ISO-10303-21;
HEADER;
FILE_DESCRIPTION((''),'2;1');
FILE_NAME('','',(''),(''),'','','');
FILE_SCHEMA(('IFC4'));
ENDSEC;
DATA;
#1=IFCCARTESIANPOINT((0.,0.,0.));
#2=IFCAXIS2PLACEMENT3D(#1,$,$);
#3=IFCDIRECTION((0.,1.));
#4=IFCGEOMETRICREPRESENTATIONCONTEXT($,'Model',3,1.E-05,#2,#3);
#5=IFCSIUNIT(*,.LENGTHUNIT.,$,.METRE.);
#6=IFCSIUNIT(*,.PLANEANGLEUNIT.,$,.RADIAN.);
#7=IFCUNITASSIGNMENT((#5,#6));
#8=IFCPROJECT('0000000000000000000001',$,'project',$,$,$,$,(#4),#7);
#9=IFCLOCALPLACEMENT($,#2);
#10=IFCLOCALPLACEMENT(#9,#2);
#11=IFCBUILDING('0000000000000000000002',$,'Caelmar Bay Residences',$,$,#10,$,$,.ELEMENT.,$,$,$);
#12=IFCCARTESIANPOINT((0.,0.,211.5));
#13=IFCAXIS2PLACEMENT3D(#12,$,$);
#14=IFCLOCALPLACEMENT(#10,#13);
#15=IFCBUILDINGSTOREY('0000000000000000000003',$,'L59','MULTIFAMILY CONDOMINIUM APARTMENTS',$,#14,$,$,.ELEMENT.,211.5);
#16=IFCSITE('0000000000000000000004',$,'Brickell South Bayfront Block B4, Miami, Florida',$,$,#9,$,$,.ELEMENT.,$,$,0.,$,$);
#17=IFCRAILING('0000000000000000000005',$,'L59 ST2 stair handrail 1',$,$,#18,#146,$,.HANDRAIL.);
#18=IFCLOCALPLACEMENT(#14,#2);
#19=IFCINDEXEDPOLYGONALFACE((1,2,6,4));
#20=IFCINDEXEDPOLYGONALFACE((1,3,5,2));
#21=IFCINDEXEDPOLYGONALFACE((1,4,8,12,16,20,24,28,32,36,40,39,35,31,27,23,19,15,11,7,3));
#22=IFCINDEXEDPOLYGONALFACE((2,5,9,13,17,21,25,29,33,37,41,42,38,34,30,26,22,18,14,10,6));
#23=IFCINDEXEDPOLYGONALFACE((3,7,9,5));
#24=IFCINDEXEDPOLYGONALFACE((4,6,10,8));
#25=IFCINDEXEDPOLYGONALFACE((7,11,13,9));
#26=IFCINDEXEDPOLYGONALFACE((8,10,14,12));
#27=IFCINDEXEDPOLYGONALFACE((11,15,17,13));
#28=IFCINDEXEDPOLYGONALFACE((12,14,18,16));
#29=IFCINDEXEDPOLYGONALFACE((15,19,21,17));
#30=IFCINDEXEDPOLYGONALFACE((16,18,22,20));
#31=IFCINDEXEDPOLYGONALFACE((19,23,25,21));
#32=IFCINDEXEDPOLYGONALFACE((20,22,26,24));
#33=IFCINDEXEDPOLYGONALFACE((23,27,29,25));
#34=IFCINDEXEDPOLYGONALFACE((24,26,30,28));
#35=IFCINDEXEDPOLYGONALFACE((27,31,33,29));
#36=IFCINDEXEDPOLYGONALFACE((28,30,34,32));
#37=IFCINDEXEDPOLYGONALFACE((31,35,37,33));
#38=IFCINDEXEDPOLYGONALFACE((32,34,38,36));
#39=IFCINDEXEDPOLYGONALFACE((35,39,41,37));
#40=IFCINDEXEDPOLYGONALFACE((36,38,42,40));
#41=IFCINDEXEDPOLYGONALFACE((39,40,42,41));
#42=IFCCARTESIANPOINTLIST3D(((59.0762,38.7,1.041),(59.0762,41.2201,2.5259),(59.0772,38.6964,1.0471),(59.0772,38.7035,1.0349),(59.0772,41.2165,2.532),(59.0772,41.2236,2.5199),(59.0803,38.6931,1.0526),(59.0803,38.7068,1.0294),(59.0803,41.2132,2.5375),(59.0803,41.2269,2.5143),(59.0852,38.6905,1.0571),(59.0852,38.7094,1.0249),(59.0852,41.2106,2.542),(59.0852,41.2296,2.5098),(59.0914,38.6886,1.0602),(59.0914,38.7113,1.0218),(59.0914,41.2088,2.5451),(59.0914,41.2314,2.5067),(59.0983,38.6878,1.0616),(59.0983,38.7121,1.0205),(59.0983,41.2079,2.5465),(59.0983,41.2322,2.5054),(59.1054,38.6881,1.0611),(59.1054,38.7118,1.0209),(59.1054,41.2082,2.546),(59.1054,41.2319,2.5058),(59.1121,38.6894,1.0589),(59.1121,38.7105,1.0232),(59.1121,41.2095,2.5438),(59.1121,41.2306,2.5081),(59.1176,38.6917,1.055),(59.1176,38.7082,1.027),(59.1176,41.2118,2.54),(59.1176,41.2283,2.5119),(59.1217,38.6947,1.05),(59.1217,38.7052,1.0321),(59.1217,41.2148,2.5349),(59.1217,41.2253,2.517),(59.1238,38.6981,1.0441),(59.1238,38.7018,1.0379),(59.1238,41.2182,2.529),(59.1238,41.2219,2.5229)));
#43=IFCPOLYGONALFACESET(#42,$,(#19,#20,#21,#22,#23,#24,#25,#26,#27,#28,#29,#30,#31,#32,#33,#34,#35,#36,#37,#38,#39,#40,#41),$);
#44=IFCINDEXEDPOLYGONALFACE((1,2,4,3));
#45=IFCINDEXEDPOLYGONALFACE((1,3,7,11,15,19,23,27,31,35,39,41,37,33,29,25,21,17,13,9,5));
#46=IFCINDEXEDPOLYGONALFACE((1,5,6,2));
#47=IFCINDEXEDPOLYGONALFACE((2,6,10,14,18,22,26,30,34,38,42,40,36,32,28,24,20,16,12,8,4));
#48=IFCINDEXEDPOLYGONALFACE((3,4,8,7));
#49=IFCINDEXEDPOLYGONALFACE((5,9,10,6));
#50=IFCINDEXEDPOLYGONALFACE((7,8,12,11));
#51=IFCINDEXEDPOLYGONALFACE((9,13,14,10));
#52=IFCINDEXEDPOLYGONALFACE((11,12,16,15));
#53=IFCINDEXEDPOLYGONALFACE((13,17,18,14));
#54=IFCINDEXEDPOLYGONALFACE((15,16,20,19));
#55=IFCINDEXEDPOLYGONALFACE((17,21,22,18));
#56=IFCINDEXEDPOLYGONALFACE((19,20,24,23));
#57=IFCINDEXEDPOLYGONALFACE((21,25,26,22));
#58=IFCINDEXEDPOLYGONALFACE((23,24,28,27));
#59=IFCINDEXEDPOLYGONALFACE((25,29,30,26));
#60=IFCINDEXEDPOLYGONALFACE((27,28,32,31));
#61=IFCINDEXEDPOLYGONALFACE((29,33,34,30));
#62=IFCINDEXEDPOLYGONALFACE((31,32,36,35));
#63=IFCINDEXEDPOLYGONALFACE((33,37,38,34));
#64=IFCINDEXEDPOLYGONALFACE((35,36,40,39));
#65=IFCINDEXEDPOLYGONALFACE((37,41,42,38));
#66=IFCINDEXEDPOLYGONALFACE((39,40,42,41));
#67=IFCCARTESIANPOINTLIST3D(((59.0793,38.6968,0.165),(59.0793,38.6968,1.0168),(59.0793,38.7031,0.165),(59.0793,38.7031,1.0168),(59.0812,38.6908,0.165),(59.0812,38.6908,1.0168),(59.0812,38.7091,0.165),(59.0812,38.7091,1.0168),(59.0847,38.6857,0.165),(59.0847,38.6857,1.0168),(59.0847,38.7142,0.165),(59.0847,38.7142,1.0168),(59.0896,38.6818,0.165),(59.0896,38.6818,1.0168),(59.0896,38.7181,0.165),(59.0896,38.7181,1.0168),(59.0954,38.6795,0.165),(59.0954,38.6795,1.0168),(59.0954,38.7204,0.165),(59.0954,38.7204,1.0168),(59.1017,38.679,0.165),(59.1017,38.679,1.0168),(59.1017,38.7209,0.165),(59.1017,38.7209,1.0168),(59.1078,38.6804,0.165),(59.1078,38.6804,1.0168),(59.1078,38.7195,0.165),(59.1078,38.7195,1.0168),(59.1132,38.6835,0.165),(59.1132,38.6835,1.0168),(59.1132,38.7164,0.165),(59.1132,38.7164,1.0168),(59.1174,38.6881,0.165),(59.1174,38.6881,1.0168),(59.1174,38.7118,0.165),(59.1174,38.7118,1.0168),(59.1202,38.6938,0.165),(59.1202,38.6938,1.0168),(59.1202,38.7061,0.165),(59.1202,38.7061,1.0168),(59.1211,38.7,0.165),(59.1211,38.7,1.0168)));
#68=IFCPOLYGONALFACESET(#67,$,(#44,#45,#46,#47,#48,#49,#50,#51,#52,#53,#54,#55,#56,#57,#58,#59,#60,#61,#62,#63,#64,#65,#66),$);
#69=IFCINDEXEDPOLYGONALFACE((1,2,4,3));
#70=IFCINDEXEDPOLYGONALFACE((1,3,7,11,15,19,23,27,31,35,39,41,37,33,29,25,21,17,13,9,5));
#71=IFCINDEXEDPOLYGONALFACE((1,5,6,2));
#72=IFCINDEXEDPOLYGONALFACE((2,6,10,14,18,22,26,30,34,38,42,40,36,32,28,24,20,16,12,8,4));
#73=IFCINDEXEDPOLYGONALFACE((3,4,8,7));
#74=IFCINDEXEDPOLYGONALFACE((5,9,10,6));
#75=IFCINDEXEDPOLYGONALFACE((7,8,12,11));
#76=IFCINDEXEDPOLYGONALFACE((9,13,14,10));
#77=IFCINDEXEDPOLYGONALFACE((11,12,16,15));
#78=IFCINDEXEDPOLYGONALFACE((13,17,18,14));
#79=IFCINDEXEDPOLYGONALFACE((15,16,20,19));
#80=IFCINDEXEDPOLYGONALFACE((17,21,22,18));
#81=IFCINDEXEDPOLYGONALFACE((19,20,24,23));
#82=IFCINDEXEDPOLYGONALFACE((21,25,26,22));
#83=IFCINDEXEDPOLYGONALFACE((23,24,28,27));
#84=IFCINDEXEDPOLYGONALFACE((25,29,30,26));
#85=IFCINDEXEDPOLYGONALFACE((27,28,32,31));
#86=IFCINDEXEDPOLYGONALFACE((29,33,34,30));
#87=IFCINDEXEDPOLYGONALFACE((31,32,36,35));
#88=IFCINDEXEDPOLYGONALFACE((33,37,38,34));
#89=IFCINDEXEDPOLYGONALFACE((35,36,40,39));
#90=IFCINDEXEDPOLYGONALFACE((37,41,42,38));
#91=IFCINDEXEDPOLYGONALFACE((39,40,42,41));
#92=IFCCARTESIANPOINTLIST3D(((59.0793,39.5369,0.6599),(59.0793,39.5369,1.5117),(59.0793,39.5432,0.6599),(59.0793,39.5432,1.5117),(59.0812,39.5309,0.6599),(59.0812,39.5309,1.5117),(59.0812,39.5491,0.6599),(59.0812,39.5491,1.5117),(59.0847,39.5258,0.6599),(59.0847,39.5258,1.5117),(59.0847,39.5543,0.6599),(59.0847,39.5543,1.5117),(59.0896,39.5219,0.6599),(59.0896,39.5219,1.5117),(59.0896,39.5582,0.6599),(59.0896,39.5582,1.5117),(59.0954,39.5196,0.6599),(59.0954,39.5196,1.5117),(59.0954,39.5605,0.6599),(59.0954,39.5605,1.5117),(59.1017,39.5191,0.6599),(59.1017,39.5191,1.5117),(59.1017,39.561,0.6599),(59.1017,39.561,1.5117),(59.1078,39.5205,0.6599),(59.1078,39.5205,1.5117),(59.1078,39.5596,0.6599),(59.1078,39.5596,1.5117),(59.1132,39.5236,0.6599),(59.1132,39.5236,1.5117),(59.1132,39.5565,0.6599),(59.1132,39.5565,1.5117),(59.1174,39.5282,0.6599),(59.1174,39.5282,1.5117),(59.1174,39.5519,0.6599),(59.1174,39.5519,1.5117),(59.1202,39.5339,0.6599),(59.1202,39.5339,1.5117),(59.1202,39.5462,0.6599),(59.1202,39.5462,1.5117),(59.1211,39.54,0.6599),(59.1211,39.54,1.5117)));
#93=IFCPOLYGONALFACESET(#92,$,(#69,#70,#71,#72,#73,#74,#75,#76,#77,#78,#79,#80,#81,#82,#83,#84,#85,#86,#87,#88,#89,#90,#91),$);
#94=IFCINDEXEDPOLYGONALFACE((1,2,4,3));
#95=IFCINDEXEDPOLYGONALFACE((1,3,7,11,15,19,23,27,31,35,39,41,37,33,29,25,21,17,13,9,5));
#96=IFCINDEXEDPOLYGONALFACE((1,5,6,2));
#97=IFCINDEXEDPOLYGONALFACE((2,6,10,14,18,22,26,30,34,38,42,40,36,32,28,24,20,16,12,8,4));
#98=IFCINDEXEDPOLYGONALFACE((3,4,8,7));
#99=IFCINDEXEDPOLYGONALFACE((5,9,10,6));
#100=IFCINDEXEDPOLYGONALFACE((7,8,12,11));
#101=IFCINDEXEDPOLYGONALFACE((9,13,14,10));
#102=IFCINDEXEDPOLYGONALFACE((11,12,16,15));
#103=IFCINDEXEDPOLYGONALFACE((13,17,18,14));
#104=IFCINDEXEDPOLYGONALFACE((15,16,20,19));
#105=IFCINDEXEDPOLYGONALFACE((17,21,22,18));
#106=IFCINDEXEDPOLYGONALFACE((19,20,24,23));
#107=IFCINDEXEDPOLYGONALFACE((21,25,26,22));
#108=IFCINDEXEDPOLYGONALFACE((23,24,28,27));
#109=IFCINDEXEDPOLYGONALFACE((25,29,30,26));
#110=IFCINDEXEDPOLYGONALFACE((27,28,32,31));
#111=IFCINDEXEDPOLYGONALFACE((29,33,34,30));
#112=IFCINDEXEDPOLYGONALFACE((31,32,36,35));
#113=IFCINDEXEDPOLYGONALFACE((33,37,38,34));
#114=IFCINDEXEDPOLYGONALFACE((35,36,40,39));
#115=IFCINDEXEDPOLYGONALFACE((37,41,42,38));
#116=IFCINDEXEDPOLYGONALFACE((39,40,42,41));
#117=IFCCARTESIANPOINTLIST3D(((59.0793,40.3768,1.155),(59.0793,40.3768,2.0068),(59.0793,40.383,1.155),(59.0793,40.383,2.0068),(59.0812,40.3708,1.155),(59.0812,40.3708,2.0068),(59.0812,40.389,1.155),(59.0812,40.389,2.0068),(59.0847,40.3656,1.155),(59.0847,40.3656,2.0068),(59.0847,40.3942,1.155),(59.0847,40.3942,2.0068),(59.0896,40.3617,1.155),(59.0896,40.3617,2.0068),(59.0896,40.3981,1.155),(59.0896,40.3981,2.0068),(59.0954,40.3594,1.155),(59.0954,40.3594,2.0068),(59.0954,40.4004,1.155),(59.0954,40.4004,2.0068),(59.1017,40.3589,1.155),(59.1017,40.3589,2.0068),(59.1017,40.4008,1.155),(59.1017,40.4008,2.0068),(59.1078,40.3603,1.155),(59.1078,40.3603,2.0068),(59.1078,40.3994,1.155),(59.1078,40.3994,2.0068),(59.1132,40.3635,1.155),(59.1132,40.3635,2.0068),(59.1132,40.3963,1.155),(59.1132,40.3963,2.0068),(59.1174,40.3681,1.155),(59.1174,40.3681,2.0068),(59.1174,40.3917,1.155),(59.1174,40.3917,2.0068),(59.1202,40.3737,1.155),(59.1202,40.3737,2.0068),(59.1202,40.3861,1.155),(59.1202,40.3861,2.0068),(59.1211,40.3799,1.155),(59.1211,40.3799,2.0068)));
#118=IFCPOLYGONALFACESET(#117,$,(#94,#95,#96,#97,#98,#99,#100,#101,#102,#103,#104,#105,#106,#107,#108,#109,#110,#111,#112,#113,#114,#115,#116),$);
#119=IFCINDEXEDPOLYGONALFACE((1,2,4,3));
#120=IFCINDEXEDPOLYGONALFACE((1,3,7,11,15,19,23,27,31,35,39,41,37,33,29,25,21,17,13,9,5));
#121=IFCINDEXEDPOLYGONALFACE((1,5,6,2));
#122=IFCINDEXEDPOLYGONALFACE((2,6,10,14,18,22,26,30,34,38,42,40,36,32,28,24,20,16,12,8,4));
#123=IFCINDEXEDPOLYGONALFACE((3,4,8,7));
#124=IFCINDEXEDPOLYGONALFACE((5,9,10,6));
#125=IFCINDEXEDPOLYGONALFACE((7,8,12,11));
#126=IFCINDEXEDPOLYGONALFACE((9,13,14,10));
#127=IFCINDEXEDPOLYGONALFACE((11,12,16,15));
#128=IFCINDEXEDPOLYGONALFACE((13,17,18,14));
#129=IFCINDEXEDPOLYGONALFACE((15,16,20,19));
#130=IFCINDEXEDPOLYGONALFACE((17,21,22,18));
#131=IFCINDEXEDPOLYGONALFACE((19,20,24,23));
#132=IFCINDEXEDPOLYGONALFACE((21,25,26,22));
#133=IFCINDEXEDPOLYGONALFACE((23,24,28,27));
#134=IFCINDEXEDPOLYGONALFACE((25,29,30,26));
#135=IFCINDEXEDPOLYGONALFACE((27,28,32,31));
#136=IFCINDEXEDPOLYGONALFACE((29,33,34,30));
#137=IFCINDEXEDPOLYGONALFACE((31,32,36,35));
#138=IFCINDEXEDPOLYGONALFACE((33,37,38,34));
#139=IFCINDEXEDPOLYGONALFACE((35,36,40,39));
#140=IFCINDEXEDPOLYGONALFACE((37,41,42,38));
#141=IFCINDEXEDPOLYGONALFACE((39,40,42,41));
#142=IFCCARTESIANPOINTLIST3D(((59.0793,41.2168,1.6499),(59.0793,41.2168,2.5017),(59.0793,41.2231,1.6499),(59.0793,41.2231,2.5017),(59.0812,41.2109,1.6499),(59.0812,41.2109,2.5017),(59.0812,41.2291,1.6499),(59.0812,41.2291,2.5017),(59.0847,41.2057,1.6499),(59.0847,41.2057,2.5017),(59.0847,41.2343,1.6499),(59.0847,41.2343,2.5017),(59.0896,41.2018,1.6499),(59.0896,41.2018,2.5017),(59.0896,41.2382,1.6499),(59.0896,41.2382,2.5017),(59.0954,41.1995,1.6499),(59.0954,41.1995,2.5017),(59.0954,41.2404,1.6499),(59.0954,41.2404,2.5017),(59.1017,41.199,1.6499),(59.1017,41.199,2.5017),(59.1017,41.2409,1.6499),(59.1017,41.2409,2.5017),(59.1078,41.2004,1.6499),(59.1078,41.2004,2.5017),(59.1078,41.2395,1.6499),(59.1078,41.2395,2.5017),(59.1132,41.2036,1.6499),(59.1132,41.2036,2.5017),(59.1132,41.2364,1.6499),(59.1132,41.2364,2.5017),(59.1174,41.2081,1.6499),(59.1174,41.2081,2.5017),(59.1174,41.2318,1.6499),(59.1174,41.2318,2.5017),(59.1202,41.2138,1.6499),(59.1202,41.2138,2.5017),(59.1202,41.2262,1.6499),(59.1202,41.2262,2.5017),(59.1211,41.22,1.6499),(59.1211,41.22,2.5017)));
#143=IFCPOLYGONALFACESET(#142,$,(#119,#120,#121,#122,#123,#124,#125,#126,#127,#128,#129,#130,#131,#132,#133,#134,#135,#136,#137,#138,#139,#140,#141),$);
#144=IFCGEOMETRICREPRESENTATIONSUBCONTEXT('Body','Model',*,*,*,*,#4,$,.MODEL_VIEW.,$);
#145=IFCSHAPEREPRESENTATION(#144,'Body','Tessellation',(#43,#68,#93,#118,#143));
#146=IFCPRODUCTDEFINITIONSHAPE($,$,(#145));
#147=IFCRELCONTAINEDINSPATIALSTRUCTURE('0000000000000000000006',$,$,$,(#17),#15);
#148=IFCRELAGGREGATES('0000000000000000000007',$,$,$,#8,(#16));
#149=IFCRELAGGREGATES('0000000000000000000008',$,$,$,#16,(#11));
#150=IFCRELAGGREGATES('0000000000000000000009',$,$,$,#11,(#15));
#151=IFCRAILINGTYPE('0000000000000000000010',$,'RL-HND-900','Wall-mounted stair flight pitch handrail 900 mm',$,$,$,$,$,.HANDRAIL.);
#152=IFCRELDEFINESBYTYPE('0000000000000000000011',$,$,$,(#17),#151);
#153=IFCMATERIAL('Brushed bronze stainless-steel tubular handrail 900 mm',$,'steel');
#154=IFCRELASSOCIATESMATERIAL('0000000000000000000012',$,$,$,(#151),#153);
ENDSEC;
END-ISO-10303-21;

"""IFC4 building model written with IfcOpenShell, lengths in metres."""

from ifc_helpers import new_model, si_unit, direction, frame, origin, origin_2d, place, context, subcontext, project, spatial, circle, extrude, material, type_object, element, save


model = new_model("IFC4")

# Units and contexts
model_context = context("Model", 3, precision=1e-05, world=origin(), true_north=direction((0.0, 1.0)))
body_context = subcontext(model_context, "Body", "Model", "MODEL_VIEW")
ifc_project = project(units=[si_unit("LENGTHUNIT", "METRE"), si_unit("PLANEANGLEUNIT", "RADIAN")], contexts=[model_context])

# Site, building, storey
site_placement = place(None, origin())
site = spatial("IfcSite", under=ifc_project, at=site_placement, Name="Brickell South Bayfront Block B4, Miami, Florida", CompositionType="ELEMENT", RefElevation=0.0)
building_placement = place(site_placement, origin())
building = spatial("IfcBuilding", under=site, at=building_placement, Name="Caelmar Bay Residences", CompositionType="ELEMENT")
storey_placement = place(building_placement, frame((0.0, 0.0, 211.5)))
storey = spatial("IfcBuildingStorey", under=building, at=storey_placement, Name="L59", Description="MULTIFAMILY CONDOMINIUM APARTMENTS", CompositionType="ELEMENT", Elevation=211.5)

# Railing
ifc_material_1 = material(Name="Brushed bronze stainless-steel tubular handrail 900 mm", Category="steel")
railing_type_1 = type_object("IfcRailingType", Name="RL-HND-900", Description="Wall-mounted stair flight pitch handrail 900 mm", PredefinedType="HANDRAIL", material=ifc_material_1)
railing_1_placement = place(storey_placement, frame((59.1001, 38.7, 0.165)))
element("IfcRailing", 1, at=railing_1_placement, inside=storey, type_object=railing_type_1, Name="L59 ST2 stair handrail 1", PredefinedType="HANDRAIL", context=body_context, shape_type="SweptSolid", body=[
    extrude(circle(Radius=0.0239, at=origin_2d()), frame((0.0, 0.0, 0.876), z_axis=(0.0, 0.861561, 0.507655), x_axis=(-1.0, 0.0, 0.0)), (0.0, 0.0, 1.0), 2.925),
    extrude(circle(Radius=0.021, at=origin_2d()), origin(), (0.0, 0.0, 1.0), 0.8518),
    extrude(circle(Radius=0.021, at=origin_2d()), frame((0.0, 0.8401, 0.4949)), (0.0, 0.0, 1.0), 0.8518),
    extrude(circle(Radius=0.021, at=origin_2d()), frame((0.0, 1.6799, 0.99)), (0.0, 0.0, 1.0), 0.8518),
    extrude(circle(Radius=0.021, at=origin_2d()), frame((0.0, 2.52, 1.4849)), (0.0, 0.0, 1.0), 0.8518),
])

save(model, "model.ifc")
